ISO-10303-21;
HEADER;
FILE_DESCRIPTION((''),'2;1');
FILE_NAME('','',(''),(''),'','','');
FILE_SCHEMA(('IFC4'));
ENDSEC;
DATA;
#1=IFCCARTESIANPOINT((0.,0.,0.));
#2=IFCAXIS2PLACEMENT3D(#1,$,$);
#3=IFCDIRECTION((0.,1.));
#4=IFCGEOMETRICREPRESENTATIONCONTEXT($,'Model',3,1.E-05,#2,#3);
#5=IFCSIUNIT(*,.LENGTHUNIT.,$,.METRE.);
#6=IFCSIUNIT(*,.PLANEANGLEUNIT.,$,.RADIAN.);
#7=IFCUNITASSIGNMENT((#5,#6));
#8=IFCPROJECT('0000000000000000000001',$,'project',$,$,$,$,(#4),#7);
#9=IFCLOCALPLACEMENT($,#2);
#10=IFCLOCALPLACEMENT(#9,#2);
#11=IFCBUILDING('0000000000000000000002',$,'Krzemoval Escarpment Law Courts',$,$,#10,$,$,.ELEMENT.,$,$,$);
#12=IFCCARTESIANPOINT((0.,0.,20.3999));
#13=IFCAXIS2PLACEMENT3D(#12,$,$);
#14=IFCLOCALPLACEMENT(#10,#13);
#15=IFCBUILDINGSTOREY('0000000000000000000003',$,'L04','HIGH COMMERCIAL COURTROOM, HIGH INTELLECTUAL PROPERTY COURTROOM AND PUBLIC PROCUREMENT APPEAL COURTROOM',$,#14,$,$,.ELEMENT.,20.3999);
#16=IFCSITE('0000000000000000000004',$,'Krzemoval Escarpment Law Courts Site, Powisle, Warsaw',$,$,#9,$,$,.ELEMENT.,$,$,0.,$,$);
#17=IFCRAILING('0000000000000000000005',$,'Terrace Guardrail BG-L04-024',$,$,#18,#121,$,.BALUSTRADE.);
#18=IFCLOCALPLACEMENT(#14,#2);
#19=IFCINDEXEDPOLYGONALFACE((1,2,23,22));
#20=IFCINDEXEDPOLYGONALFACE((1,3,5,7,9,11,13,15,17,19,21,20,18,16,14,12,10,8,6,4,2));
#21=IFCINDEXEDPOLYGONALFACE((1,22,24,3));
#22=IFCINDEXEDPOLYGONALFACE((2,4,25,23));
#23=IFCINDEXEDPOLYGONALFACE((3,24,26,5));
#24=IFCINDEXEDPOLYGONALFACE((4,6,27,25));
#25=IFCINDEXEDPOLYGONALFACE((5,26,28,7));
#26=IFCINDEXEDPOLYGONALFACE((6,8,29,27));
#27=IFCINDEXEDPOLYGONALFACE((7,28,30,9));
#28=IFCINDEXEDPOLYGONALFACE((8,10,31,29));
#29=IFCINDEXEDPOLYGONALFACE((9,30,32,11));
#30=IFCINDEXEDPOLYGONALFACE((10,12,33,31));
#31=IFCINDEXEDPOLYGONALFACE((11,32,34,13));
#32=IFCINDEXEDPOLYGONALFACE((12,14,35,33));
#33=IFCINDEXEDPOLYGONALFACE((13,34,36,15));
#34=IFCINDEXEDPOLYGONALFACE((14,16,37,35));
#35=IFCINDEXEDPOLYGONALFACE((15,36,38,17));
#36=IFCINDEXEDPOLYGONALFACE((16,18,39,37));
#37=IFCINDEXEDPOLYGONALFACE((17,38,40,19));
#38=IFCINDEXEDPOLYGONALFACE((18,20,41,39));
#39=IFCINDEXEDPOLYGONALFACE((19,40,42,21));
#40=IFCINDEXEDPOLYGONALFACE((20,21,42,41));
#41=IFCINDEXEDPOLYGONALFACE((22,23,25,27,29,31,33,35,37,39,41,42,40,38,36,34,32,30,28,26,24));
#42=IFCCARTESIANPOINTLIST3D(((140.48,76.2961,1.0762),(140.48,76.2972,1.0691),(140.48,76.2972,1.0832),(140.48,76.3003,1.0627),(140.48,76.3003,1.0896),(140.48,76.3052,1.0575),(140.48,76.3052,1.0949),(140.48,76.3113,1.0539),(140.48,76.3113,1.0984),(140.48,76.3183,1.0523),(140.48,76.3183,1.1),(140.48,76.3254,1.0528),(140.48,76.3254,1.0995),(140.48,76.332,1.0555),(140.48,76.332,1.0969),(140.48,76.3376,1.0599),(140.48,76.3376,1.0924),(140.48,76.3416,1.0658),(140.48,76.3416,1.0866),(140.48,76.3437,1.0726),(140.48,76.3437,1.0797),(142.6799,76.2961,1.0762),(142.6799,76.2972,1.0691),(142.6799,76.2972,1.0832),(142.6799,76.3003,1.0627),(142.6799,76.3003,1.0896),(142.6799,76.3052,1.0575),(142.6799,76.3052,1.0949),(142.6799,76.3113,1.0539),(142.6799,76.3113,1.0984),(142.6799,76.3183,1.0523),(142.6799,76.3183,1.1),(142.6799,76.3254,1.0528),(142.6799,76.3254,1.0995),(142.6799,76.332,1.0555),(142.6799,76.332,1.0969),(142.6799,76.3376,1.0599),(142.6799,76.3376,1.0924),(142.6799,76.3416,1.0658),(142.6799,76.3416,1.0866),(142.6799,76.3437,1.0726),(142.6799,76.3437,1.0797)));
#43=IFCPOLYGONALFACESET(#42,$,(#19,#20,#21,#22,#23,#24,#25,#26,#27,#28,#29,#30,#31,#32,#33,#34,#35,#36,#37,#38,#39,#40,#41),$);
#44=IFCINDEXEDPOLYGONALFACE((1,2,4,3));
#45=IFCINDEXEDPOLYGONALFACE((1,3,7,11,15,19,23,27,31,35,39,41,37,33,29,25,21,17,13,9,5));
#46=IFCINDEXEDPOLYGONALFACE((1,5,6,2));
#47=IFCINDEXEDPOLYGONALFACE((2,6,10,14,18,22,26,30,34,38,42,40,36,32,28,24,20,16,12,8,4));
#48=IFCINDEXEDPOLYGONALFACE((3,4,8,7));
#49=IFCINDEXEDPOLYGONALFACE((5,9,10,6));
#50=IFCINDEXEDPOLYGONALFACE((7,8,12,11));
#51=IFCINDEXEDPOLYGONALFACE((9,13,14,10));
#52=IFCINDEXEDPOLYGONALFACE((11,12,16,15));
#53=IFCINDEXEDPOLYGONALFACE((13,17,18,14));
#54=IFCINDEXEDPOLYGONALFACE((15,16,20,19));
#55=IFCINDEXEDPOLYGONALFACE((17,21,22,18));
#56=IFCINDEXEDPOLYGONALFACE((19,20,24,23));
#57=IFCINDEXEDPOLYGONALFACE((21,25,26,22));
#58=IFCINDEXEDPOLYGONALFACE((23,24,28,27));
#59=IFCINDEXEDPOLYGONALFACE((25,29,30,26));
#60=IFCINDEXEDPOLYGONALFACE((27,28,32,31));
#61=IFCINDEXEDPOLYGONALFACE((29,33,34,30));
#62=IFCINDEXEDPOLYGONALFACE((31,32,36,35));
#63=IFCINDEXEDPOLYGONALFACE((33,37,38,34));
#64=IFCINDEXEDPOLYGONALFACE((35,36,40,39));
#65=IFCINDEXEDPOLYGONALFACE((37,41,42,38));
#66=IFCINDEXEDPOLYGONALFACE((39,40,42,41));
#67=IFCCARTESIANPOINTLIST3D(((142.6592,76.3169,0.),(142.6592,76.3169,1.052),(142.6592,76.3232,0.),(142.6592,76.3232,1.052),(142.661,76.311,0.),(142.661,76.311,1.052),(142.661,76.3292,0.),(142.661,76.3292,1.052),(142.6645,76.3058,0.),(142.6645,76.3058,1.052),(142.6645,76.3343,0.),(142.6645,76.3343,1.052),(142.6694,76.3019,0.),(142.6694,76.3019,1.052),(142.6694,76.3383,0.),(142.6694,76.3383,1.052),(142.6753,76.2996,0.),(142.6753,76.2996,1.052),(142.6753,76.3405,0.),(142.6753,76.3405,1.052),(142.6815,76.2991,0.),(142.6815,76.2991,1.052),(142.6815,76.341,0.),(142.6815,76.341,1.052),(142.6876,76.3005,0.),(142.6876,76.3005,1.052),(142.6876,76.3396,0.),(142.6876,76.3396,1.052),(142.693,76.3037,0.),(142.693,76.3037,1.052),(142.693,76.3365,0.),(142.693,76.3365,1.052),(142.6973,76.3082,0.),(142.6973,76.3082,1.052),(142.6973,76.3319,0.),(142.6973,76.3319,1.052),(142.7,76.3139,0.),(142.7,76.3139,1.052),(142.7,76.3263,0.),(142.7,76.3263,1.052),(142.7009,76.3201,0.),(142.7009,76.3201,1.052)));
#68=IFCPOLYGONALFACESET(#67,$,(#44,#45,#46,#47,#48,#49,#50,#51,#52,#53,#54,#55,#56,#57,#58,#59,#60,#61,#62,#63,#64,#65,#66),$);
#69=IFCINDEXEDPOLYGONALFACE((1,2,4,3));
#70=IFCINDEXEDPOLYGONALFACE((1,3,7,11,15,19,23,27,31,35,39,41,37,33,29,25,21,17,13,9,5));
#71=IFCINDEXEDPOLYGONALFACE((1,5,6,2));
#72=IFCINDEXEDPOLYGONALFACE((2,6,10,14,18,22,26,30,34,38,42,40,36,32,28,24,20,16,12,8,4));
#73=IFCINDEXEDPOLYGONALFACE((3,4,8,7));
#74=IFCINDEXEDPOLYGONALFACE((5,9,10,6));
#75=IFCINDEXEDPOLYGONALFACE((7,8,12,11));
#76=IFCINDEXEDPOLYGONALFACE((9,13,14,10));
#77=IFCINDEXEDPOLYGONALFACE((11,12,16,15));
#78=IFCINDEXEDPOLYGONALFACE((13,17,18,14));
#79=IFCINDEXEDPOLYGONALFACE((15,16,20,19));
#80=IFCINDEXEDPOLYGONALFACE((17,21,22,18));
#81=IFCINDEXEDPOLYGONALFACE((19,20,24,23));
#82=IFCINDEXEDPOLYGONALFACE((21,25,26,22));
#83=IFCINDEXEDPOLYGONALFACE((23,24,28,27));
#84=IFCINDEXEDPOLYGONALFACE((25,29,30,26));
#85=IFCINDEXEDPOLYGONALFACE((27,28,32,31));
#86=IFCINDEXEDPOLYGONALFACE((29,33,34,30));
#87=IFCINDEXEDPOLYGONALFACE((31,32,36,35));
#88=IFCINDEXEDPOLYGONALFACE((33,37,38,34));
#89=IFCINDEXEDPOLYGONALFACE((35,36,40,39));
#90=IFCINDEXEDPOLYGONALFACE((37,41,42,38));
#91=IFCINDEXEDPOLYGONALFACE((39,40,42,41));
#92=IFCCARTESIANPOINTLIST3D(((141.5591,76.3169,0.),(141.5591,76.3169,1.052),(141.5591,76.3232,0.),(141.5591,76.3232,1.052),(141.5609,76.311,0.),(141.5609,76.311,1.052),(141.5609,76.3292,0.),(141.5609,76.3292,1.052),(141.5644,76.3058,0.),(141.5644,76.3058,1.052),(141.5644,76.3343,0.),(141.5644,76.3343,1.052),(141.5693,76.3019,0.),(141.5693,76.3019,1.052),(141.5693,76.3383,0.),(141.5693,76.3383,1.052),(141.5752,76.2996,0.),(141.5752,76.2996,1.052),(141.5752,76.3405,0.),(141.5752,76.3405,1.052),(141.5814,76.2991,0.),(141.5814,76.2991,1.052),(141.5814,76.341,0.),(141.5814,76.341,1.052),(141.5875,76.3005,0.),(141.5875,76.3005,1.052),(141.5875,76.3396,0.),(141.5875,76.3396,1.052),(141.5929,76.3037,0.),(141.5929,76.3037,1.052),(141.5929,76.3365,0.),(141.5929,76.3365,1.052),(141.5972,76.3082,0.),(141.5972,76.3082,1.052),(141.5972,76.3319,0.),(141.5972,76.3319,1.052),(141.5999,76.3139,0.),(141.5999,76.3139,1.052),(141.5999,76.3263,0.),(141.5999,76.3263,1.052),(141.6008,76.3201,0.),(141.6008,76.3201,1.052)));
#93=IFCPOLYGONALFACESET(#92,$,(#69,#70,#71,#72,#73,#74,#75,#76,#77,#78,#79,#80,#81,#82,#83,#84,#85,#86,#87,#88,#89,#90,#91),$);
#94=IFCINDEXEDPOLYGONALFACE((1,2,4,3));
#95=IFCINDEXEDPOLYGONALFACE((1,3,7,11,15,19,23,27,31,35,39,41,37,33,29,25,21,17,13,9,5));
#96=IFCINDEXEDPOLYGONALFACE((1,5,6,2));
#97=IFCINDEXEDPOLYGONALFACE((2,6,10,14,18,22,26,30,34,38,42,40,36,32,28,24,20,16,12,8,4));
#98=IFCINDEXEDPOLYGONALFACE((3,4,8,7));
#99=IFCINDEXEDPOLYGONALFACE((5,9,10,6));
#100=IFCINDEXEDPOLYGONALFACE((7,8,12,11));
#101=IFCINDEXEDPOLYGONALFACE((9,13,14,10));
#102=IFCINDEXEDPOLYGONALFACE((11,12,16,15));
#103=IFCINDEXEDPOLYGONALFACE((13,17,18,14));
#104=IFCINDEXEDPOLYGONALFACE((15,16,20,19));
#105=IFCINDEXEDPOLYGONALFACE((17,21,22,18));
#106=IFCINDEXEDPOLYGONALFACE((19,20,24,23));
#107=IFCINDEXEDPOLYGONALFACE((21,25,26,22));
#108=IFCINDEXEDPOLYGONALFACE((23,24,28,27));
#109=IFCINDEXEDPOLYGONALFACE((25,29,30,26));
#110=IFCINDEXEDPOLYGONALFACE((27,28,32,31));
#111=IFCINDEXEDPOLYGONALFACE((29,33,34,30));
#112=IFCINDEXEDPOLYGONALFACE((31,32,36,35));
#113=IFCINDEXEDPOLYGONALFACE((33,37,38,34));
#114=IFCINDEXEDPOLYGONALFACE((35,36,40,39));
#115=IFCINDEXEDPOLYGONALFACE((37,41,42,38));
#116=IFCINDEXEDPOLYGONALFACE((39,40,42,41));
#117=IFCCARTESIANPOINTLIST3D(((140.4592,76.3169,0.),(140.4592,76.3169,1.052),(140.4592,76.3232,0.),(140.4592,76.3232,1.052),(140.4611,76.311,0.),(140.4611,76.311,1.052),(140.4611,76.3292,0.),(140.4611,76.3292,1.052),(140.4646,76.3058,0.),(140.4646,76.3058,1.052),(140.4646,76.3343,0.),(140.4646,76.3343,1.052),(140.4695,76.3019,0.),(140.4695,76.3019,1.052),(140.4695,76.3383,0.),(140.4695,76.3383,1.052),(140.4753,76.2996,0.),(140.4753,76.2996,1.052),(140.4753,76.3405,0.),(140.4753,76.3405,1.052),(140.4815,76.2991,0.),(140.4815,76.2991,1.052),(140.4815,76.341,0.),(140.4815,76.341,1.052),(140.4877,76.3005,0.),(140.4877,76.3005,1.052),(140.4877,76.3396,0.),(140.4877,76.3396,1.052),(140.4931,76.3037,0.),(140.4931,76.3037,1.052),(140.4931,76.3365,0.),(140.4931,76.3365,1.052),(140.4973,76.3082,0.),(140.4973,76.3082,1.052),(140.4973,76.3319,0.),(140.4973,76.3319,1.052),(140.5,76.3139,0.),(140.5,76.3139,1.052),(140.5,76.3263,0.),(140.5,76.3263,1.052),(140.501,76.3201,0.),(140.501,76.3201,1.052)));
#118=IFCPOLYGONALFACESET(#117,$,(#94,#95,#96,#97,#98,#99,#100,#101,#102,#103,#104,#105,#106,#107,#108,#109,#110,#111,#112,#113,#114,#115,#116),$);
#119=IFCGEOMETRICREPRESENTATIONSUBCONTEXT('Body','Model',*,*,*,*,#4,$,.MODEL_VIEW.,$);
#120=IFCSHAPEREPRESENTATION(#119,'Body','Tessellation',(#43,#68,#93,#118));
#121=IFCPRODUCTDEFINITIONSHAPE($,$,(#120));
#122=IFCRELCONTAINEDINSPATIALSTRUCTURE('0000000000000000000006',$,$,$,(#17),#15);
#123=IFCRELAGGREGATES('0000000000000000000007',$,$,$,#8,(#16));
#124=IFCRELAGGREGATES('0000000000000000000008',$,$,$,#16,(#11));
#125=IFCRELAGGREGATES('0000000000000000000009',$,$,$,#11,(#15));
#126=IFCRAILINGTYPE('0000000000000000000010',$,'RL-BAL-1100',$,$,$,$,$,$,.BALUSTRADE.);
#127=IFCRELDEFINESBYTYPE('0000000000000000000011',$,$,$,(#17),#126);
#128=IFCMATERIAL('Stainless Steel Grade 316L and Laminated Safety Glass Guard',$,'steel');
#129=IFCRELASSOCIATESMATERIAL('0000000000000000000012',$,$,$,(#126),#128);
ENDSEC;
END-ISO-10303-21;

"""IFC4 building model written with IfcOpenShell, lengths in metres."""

from ifc_helpers import new_model, si_unit, direction, frame, origin, origin_2d, place, context, subcontext, project, spatial, circle, extrude, material, type_object, element, save


model = new_model("IFC4")

# Units and contexts
model_context = context("Model", 3, precision=1e-05, world=origin(), true_north=direction((0.0, 1.0)))
body_context = subcontext(model_context, "Body", "Model", "MODEL_VIEW")
ifc_project = project(units=[si_unit("LENGTHUNIT", "METRE"), si_unit("PLANEANGLEUNIT", "RADIAN")], contexts=[model_context])

# Site, building, storey
site_placement = place(None, origin())
site = spatial("IfcSite", under=ifc_project, at=site_placement, Name="Krzemoval Escarpment Law Courts Site, Powisle, Warsaw", CompositionType="ELEMENT", RefElevation=0.0)
building_placement = place(site_placement, origin())
building = spatial("IfcBuilding", under=site, at=building_placement, Name="Krzemoval Escarpment Law Courts", CompositionType="ELEMENT")
storey_placement = place(building_placement, frame((0.0, 0.0, 20.3999)))
storey = spatial("IfcBuildingStorey", under=building, at=storey_placement, Name="L04", Description="HIGH COMMERCIAL COURTROOM, HIGH INTELLECTUAL PROPERTY COURTROOM AND PUBLIC PROCUREMENT APPEAL COURTROOM", CompositionType="ELEMENT", Elevation=20.3999)

# Railing
ifc_material_1 = material(Name="Stainless Steel Grade 316L and Laminated Safety Glass Guard", Category="steel")
railing_type = type_object("IfcRailingType", Name="RL-BAL-1100", PredefinedType="BALUSTRADE", material=ifc_material_1)
railing_1_placement = place(storey_placement, frame((142.6799, 76.3201, 0.0)))
element("IfcRailing", 1, at=railing_1_placement, inside=storey, type_object=railing_type, Name="Terrace Guardrail BG-L04-024", PredefinedType="BALUSTRADE", context=body_context, shape_type="SweptSolid", body=[
    extrude(circle(Radius=0.0239, at=origin_2d()), frame((0.0, 0.0, 1.0762), z_axis=(-1.0, 0.0, 0.0), x_axis=(0.0, -1.0, 0.0)), (0.0, 0.0, 1.0), 2.2),
    extrude(circle(Radius=0.021, at=origin_2d()), origin(), (0.0, 0.0, 1.0), 1.052),
    extrude(circle(Radius=0.021, at=origin_2d()), frame((-1.1001, 0.0, 0.0)), (0.0, 0.0, 1.0), 1.052),
    extrude(circle(Radius=0.021, at=origin_2d()), frame((-2.2, 0.0, 0.0)), (0.0, 0.0, 1.0), 1.052),
])

save(model, "model.ifc")
